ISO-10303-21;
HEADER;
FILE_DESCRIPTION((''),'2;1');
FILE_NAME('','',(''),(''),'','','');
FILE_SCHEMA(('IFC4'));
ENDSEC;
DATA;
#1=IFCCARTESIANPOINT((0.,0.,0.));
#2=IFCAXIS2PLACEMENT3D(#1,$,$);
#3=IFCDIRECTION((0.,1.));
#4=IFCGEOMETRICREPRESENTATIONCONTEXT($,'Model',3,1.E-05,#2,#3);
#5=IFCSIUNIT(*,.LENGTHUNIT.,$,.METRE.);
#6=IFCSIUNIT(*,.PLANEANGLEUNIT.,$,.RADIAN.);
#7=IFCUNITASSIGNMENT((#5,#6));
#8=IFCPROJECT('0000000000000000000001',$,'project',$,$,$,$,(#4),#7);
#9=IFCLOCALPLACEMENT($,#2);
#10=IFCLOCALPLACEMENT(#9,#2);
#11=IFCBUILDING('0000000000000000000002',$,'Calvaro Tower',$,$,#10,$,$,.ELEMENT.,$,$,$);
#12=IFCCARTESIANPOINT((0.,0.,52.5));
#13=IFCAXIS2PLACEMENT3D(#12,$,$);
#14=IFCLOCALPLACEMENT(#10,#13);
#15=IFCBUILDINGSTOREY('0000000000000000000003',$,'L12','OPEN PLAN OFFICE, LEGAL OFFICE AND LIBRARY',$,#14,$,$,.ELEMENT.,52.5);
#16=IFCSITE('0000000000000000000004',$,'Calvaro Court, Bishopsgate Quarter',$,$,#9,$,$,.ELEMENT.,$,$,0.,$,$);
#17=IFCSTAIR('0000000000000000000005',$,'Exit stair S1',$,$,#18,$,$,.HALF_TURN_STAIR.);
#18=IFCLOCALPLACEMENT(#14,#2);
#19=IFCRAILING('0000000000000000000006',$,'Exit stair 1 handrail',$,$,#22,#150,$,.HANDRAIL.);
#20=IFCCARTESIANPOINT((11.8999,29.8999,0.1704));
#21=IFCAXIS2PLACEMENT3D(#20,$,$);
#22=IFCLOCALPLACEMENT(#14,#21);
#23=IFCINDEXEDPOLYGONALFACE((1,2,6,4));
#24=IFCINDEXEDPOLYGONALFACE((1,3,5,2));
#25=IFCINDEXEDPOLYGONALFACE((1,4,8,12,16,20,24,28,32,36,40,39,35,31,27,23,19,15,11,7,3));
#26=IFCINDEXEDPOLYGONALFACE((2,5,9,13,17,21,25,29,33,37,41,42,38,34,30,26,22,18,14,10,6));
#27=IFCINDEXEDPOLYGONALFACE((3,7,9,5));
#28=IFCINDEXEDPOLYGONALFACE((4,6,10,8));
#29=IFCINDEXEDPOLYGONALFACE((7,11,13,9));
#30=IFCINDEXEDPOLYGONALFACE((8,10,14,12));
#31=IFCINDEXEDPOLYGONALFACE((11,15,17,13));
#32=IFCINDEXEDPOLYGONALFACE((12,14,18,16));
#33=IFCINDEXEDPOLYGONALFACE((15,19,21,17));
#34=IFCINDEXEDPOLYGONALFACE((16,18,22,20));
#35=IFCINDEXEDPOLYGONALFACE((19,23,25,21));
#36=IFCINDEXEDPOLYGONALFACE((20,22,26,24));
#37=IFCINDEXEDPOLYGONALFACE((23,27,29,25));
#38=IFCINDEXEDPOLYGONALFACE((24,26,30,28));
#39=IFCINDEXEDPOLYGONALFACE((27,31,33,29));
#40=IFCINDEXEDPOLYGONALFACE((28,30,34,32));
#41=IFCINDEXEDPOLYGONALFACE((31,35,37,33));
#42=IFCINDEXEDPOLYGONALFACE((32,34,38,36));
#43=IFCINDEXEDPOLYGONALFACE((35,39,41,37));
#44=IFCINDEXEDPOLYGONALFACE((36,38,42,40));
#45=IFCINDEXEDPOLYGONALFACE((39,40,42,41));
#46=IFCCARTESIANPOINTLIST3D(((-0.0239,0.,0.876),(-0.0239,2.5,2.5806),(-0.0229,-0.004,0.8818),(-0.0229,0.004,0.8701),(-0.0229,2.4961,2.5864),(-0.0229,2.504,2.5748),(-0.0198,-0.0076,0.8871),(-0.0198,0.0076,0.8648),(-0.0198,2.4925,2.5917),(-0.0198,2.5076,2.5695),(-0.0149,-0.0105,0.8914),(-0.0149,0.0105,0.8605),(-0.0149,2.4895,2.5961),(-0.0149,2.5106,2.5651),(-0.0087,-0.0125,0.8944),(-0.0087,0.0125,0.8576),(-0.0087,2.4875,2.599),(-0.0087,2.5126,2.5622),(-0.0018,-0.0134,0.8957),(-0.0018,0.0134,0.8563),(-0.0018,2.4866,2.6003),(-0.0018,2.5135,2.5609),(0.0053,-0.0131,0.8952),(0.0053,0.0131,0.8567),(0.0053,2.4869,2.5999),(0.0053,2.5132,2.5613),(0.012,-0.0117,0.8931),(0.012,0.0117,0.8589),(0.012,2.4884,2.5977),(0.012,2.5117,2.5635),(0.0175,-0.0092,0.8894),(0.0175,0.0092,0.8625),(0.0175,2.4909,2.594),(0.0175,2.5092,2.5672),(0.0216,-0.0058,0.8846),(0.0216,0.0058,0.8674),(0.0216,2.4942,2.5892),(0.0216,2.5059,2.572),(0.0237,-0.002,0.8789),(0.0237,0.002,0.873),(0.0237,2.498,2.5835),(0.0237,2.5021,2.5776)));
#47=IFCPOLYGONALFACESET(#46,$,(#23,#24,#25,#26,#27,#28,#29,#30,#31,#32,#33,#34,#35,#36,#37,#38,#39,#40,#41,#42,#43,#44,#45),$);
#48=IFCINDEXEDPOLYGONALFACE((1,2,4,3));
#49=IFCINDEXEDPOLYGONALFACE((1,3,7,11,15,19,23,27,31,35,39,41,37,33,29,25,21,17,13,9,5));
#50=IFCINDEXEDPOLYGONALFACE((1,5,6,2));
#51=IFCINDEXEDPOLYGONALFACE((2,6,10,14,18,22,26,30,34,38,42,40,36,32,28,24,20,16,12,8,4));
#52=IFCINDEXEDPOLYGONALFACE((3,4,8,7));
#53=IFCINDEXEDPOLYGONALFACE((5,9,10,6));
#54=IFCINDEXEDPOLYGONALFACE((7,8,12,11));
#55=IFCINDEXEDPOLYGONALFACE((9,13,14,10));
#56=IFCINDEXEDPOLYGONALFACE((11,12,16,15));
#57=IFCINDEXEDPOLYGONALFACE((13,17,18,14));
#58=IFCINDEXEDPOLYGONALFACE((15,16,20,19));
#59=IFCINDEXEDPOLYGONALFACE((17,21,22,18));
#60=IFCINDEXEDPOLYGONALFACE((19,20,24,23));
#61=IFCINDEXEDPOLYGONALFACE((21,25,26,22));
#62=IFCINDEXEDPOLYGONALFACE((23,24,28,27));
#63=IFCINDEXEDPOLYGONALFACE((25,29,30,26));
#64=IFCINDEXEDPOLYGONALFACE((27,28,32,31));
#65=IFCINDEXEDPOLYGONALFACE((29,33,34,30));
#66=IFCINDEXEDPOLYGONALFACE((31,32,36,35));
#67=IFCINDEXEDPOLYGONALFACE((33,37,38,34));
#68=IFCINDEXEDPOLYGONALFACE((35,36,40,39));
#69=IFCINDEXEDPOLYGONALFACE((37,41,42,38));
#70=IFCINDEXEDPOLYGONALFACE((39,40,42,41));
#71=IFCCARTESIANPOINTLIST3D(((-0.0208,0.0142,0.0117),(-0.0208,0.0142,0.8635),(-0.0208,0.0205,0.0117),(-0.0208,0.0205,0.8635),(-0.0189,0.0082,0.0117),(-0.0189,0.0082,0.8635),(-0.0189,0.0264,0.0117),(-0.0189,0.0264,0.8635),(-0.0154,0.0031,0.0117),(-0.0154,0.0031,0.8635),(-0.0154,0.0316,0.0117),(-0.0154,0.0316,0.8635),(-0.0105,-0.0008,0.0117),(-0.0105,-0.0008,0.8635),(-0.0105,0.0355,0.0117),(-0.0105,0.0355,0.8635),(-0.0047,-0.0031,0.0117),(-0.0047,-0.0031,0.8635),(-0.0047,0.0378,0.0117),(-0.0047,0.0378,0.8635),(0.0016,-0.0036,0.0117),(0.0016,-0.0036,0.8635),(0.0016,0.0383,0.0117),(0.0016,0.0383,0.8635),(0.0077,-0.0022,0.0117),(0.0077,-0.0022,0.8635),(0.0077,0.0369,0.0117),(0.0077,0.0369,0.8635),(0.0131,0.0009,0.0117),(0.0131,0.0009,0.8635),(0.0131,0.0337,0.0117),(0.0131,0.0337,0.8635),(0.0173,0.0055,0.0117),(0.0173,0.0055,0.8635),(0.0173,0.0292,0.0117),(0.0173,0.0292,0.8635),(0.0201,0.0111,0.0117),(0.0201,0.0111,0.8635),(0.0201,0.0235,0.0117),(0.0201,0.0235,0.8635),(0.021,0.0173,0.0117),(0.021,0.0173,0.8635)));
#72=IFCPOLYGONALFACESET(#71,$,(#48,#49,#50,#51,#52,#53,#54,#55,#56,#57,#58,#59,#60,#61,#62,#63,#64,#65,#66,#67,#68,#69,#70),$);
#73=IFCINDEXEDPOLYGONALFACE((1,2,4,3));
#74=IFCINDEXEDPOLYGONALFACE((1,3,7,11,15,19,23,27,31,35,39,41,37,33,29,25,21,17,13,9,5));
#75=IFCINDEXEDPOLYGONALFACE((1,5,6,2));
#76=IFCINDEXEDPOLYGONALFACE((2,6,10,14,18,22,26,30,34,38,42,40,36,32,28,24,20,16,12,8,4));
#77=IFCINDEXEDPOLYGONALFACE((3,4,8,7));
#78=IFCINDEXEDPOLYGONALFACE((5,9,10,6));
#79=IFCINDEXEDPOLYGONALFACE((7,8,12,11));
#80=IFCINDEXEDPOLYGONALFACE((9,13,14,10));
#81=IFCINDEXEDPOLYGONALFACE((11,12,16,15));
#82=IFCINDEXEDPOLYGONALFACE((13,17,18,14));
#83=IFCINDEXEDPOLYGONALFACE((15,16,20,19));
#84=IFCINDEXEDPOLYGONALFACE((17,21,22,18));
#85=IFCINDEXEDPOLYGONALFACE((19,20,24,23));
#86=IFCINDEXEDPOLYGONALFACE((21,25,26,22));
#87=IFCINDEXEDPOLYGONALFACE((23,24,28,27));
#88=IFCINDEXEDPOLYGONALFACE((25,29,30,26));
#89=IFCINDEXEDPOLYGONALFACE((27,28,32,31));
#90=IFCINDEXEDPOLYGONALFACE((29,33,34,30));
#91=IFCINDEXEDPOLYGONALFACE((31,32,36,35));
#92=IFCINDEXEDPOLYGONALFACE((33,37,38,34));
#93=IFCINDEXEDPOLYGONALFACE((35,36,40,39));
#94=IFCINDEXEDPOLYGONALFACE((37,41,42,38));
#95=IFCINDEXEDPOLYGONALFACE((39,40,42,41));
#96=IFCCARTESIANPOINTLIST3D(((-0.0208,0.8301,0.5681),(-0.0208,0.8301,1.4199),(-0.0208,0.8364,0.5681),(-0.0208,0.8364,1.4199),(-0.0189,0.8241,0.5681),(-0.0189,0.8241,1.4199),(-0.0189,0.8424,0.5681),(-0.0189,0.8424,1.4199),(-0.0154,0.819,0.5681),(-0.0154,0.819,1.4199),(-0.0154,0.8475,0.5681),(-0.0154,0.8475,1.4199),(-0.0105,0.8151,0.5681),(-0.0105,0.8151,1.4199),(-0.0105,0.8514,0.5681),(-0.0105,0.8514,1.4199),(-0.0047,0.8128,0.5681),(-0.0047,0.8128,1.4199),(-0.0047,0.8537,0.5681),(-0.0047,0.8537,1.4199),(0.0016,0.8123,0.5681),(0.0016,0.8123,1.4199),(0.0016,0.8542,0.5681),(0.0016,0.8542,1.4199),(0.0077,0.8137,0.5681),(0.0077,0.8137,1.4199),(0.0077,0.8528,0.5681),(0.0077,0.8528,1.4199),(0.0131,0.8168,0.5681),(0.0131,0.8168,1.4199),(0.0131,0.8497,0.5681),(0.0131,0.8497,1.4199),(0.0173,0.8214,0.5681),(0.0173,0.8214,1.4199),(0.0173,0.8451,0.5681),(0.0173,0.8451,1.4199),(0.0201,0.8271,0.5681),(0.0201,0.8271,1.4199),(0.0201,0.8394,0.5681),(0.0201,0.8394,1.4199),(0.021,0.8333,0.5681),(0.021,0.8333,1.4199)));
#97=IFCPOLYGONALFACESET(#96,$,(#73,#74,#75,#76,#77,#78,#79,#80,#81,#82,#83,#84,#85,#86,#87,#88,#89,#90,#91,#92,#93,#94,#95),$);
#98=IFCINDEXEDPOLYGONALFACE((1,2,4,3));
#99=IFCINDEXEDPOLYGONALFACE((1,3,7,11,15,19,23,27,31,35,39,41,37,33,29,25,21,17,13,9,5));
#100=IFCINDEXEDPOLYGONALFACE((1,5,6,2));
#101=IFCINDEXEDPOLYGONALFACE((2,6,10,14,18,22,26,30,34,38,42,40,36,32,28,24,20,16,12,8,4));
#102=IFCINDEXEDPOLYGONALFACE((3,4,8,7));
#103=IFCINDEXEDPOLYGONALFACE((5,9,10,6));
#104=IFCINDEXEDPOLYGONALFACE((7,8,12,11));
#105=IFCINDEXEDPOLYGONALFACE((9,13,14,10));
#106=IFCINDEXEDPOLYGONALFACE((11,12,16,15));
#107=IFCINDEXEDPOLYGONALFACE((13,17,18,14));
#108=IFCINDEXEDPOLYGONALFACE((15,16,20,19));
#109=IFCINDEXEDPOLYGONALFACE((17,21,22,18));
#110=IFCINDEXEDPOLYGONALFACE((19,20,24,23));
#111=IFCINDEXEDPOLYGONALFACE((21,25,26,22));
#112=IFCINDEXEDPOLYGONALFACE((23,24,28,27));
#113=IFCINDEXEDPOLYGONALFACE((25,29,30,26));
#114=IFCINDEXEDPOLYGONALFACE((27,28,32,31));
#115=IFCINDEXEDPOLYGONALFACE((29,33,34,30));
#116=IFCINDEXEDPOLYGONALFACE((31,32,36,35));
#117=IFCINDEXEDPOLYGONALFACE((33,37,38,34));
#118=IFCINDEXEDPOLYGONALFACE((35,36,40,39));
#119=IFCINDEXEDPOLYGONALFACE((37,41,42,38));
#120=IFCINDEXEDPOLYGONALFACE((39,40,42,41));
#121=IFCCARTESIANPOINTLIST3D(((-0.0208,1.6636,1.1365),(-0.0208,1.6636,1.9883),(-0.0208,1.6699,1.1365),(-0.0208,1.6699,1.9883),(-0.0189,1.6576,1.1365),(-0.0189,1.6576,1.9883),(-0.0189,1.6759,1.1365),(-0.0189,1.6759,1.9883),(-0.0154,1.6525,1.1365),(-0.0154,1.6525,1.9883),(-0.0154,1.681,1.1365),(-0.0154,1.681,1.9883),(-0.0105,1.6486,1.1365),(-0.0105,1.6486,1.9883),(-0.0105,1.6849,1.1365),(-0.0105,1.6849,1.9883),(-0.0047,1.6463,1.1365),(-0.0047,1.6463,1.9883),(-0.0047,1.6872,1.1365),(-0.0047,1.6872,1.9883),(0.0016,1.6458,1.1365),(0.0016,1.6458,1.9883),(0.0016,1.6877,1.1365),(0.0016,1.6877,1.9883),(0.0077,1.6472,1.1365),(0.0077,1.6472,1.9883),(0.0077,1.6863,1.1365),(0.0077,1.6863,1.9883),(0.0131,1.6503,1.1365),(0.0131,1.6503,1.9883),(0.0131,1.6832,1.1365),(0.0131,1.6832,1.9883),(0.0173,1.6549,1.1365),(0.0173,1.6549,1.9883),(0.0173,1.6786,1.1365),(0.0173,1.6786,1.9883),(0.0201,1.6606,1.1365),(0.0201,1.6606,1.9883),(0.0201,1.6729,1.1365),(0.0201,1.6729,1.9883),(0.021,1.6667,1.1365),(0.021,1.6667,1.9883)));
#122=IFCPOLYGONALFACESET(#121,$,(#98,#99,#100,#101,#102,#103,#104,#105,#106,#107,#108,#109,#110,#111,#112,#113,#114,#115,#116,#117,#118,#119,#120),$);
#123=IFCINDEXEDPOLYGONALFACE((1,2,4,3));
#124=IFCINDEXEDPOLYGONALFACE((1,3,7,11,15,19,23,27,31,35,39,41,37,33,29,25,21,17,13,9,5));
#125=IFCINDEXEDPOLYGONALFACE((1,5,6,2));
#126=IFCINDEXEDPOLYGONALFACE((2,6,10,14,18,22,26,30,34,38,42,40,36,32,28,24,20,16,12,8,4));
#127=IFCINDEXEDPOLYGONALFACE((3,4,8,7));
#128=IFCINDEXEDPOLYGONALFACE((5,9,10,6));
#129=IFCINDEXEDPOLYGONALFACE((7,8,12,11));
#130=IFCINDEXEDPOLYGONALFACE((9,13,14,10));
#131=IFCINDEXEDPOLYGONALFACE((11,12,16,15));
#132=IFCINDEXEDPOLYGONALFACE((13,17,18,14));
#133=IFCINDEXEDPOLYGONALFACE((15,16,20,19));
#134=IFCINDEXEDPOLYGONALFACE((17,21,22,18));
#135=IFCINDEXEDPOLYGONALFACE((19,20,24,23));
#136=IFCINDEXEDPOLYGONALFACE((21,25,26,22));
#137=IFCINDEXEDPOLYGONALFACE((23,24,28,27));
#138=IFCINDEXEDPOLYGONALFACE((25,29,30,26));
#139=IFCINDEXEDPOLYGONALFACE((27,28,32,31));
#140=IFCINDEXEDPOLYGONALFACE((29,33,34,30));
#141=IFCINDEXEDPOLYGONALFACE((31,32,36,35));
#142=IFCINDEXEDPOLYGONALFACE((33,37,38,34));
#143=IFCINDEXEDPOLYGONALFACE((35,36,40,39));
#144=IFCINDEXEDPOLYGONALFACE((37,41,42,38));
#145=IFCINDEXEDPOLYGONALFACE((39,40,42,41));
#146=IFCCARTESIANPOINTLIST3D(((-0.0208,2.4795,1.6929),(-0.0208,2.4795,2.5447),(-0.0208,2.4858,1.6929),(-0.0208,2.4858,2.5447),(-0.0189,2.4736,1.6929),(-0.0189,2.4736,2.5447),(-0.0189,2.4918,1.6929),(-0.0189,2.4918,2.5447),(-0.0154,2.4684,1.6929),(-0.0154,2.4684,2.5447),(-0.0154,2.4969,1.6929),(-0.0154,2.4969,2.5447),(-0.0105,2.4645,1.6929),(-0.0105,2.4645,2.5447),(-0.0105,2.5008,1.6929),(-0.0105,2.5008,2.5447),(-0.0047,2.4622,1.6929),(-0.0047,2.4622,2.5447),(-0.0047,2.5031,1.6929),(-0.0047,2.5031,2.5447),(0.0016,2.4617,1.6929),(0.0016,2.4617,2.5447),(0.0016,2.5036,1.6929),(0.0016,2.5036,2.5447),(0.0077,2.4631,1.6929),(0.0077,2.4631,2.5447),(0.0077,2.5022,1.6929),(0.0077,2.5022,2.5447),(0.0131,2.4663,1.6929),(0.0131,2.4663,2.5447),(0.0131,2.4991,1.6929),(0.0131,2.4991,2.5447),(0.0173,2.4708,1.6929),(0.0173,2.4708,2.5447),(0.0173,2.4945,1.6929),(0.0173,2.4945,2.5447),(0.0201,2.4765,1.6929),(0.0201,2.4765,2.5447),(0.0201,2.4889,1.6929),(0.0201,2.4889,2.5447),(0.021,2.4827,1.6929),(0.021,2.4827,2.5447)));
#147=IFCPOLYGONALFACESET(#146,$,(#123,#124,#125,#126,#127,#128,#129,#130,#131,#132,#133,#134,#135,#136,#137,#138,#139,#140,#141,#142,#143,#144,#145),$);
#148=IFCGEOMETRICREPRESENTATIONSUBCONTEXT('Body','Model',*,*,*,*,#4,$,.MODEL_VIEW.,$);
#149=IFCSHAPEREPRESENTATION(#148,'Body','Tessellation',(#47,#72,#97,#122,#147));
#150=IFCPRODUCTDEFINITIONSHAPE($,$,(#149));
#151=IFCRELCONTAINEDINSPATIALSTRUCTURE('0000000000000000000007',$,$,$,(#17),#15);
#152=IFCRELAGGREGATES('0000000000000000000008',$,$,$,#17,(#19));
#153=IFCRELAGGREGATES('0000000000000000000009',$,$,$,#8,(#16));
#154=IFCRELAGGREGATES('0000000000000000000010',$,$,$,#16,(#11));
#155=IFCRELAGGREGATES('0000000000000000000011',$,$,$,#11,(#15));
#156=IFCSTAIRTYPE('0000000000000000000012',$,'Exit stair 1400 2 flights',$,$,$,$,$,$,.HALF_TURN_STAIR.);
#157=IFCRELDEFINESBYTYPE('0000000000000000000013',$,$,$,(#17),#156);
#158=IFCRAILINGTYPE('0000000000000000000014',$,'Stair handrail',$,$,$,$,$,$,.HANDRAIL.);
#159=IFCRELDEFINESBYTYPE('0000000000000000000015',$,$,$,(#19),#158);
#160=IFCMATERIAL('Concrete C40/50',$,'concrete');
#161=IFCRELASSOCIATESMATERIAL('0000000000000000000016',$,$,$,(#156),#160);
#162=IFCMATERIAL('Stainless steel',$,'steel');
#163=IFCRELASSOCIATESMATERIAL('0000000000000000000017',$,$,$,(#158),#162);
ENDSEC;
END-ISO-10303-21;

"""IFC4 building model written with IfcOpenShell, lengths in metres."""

from ifc_helpers import new_model, si_unit, direction, frame, origin, origin_2d, place, context, subcontext, project, spatial, circle, extrude, material, type_object, element, aggregate, save


model = new_model("IFC4")

# Units and contexts
model_context = context("Model", 3, precision=1e-05, world=origin(), true_north=direction((0.0, 1.0)))
body_context = subcontext(model_context, "Body", "Model", "MODEL_VIEW")
ifc_project = project(units=[si_unit("LENGTHUNIT", "METRE"), si_unit("PLANEANGLEUNIT", "RADIAN")], contexts=[model_context])

# Site, building, storey
site_placement = place(None, origin())
site = spatial("IfcSite", under=ifc_project, at=site_placement, Name="Calvaro Court, Bishopsgate Quarter", CompositionType="ELEMENT", RefElevation=0.0)
building_placement = place(site_placement, origin())
building = spatial("IfcBuilding", under=site, at=building_placement, Name="Calvaro Tower", CompositionType="ELEMENT")
storey_placement = place(building_placement, frame((0.0, 0.0, 52.5)))
storey = spatial("IfcBuildingStorey", under=building, at=storey_placement, Name="L12", Description="OPEN PLAN OFFICE, LEGAL OFFICE AND LIBRARY", CompositionType="ELEMENT", Elevation=52.5)

# Stair, railing
ifc_material_1 = material(Name="Concrete C40/50", Category="concrete")
stair_type = type_object("IfcStairType", Name="Exit stair 1400 2 flights", PredefinedType="HALF_TURN_STAIR", material=ifc_material_1)
stair_placement = place(storey_placement, origin())
stair = element("IfcStair", 1, at=stair_placement, inside=storey, type_object=stair_type, Name="Exit stair S1", PredefinedType="HALF_TURN_STAIR")
ifc_material_2 = material(Name="Stainless steel", Category="steel")
railing_type = type_object("IfcRailingType", Name="Stair handrail", PredefinedType="HANDRAIL", material=ifc_material_2)
railing_1_placement = place(storey_placement, frame((11.8999, 29.8999, 0.1704)))
railing_1 = element("IfcRailing", 2, at=railing_1_placement, type_object=railing_type, Name="Exit stair 1 handrail", PredefinedType="HANDRAIL", context=body_context, shape_type="SweptSolid", body=[
    extrude(circle(Radius=0.0239, at=origin_2d()), frame((0.0, 0.0, 0.876), z_axis=(0.0, 0.826221, 0.563347), x_axis=(-1.0, 0.0, 0.0)), (0.0, 0.0, 1.0), 3.0259),
    extrude(circle(Radius=0.021, at=origin_2d()), frame((0.0, 0.0173, 0.0117)), (0.0, 0.0, 1.0), 0.8518),
    extrude(circle(Radius=0.021, at=origin_2d()), frame((0.0, 0.8333, 0.5681)), (0.0, 0.0, 1.0), 0.8518),
    extrude(circle(Radius=0.021, at=origin_2d()), frame((0.0, 1.6667, 1.1365)), (0.0, 0.0, 1.0), 0.8518),
    extrude(circle(Radius=0.021, at=origin_2d()), frame((0.0, 2.4827, 1.6929)), (0.0, 0.0, 1.0), 0.8518),
])
aggregate(stair, [railing_1])

save(model, "model.ifc")
